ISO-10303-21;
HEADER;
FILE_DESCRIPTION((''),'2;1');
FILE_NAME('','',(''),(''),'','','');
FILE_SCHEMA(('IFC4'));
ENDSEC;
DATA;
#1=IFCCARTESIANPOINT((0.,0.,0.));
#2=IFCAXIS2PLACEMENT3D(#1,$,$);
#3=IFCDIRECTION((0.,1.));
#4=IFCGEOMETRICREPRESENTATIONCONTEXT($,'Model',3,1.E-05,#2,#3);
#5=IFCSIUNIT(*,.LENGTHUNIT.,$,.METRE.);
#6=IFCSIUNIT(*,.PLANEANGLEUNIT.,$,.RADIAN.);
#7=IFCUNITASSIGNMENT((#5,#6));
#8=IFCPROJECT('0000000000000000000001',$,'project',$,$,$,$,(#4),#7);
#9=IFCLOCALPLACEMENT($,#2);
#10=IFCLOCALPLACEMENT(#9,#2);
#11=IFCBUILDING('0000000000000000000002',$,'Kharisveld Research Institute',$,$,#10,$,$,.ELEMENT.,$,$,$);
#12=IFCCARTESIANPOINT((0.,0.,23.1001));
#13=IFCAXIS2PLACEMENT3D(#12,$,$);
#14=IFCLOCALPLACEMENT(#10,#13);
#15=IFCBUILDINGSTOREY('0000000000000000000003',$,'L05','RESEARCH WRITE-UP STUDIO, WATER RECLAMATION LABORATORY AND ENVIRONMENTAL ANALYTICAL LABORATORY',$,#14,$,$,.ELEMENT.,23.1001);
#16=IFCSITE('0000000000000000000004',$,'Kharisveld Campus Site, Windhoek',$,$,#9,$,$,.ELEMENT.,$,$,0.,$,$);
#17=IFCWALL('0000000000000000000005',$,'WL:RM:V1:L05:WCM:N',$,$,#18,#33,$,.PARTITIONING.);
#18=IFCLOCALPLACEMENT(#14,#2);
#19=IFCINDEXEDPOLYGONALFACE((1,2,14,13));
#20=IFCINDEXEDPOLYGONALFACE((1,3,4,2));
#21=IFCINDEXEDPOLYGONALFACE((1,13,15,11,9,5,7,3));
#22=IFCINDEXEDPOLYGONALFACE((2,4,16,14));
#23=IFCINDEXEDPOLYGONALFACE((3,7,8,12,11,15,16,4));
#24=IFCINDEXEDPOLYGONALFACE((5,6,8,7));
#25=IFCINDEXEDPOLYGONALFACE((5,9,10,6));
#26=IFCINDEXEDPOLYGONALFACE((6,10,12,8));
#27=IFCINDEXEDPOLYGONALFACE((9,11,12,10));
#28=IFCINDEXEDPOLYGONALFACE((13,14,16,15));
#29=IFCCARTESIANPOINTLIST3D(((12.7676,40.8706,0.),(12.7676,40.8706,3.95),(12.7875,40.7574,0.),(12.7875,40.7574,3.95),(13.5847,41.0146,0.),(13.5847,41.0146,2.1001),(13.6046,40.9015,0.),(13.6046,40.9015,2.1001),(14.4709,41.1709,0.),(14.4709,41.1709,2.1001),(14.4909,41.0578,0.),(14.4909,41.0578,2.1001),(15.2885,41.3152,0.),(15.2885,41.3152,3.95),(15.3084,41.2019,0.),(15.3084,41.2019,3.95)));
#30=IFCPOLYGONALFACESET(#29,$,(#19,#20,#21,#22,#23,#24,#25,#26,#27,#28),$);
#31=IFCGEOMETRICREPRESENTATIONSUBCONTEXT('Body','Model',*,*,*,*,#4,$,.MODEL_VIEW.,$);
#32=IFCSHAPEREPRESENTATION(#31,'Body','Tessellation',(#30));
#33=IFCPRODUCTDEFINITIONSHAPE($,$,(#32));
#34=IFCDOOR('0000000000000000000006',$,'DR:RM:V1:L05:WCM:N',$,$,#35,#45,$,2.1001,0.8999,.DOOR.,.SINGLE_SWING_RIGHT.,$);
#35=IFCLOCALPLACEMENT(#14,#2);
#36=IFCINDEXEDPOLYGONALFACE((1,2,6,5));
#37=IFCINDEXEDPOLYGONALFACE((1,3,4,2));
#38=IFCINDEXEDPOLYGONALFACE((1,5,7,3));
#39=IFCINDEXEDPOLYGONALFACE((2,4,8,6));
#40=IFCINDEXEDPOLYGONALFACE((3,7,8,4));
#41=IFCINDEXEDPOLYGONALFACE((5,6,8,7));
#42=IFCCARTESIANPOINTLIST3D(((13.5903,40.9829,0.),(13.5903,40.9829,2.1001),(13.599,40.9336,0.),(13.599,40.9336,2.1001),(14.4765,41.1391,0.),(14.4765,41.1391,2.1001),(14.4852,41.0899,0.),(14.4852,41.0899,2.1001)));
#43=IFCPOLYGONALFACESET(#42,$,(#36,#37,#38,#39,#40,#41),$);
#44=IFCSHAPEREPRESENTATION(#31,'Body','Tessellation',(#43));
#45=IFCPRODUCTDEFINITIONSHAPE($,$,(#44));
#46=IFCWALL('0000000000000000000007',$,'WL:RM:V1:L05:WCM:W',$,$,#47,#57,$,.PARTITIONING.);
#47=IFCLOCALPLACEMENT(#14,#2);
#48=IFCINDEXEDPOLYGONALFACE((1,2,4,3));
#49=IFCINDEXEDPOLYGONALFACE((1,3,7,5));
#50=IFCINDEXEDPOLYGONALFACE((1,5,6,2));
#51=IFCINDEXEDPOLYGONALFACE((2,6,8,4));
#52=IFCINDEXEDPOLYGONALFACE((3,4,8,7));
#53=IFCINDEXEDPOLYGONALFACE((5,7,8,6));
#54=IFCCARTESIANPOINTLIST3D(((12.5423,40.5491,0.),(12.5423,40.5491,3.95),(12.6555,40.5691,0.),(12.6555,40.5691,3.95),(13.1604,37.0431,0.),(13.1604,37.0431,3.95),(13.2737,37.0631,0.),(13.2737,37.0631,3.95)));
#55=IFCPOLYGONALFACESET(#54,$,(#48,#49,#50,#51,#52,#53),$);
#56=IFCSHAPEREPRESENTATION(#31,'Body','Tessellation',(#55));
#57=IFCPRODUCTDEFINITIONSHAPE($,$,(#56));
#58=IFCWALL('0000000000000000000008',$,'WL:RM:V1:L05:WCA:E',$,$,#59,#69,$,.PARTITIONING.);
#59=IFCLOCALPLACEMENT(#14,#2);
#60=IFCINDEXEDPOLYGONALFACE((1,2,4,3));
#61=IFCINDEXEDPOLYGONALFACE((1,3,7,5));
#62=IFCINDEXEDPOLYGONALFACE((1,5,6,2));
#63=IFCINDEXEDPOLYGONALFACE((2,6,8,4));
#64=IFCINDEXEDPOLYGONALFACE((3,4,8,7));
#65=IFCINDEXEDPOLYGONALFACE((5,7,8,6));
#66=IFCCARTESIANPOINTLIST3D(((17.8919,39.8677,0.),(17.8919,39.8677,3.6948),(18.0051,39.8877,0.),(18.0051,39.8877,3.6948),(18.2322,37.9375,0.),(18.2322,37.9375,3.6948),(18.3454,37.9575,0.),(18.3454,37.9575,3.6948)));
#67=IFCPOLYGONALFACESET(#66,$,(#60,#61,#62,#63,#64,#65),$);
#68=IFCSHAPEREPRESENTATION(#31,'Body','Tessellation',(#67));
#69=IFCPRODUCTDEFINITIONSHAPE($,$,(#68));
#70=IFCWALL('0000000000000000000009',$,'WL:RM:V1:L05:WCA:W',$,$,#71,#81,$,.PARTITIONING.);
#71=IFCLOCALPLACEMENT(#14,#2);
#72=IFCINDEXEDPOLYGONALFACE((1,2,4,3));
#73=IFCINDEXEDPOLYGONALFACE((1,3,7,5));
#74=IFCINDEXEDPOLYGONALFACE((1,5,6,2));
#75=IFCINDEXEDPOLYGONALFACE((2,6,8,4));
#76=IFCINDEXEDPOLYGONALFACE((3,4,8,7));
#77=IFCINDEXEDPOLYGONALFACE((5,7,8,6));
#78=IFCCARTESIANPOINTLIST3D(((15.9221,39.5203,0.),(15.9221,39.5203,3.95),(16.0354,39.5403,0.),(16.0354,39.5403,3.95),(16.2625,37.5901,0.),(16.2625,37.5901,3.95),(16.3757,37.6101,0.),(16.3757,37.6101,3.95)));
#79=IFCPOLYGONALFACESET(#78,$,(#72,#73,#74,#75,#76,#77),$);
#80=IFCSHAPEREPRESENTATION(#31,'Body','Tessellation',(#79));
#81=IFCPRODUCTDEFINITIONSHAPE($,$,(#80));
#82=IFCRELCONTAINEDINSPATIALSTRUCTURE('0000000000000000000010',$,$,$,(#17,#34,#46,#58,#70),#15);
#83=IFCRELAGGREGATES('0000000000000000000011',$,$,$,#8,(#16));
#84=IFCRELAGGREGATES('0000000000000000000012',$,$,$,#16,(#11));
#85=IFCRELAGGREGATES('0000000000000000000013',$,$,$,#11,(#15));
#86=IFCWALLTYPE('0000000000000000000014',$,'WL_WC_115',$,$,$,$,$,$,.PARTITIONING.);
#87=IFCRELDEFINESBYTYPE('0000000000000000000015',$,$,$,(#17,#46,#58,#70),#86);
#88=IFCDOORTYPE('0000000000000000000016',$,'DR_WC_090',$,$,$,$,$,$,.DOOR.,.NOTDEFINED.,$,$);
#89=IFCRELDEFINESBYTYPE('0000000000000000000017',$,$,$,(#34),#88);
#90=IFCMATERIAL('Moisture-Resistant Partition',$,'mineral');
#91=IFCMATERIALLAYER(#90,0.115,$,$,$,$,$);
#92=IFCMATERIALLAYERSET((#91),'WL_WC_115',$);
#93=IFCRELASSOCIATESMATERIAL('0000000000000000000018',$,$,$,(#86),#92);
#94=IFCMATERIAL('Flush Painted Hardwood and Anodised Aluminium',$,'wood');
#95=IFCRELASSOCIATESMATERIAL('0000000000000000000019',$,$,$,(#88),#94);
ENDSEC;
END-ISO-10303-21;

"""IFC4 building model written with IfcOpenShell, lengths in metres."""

from ifc_helpers import new_model, si_unit, direction, frame, frame_2d, origin, place, context, subcontext, project, spatial, rectangle, extrude, material, layer, layer_set, type_object, element, fill, save


model = new_model("IFC4")

# Units and contexts
model_context = context("Model", 3, precision=1e-05, world=origin(), true_north=direction((0.0, 1.0)))
body_context = subcontext(model_context, "Body", "Model", "MODEL_VIEW")
ifc_project = project(units=[si_unit("LENGTHUNIT", "METRE"), si_unit("PLANEANGLEUNIT", "RADIAN")], contexts=[model_context])

# Site, building, storey
site_placement = place(None, origin())
site = spatial("IfcSite", under=ifc_project, at=site_placement, Name="Kharisveld Campus Site, Windhoek", CompositionType="ELEMENT", RefElevation=0.0)
building_placement = place(site_placement, origin())
building = spatial("IfcBuilding", under=site, at=building_placement, Name="Kharisveld Research Institute", CompositionType="ELEMENT")
storey_placement = place(building_placement, frame((0.0, 0.0, 23.1001)))
storey = spatial("IfcBuildingStorey", under=building, at=storey_placement, Name="L05", Description="RESEARCH WRITE-UP STUDIO, WATER RECLAMATION LABORATORY AND ENVIRONMENTAL ANALYTICAL LABORATORY", CompositionType="ELEMENT", Elevation=23.1001)

# Wall, opening, door
ifc_material_1 = material(Name="Moisture-Resistant Partition", Category="mineral")
ifc_layer_1 = layer(ifc_material_1, 0.115)
ifc_layer_set_1 = layer_set([ifc_layer_1], Name="WL_WC_115")
wall_type_1 = type_object("IfcWallType", Name="WL_WC_115", PredefinedType="PARTITIONING", material=ifc_layer_set_1)
wall_1_placement = place(storey_placement, frame((15.2983, 41.2585, 0.0), z_axis=(0.0, 0.0, 1.0), x_axis=(-0.984804, -0.173671, 0.0)))
wall_1 = element("IfcWall", 1, at=wall_1_placement, inside=storey, type_object=wall_type_1, Name="WL:RM:V1:L05:WCM:N", PredefinedType="PARTITIONING", context=body_context, shape_type="SweptSolid", body=[
    extrude(rectangle(XDim=2.5598, YDim=0.115, at=frame_2d((1.2798, 0.0))), origin(), (0.0, 0.0, 1.0), 3.95),
])
opening_1_placement = place(wall_1_placement, frame((0.8301, 0.0, 0.0)))
opening_1 = element("IfcOpeningElement", 2, at=opening_1_placement, cuts=wall_1, PredefinedType="OPENING", context=body_context, shape_type="SweptSolid", body=[
    extrude(rectangle(XDim=0.8999, YDim=2.1001, at=frame_2d((0.45, 1.05))), frame((0.0, 0.0576, 0.0), z_axis=(0.0, -1.0, 0.0), x_axis=(1.0, 0.0, 0.0)), (0.0, 0.0, 1.0), 0.115),
])
ifc_material_2 = material(Name="Flush Painted Hardwood and Anodised Aluminium", Category="wood")
door_type_1 = type_object("IfcDoorType", Name="DR_WC_090", OperationType="NOTDEFINED", PredefinedType="DOOR", material=ifc_material_2)
door_1_placement = place(opening_1_placement, origin())
door_1 = element("IfcDoor", 3, at=door_1_placement, inside=storey, type_object=door_type_1, Name="DR:RM:V1:L05:WCM:N", OperationType="SINGLE_SWING_RIGHT", OverallHeight=2.1001, OverallWidth=0.8999, PredefinedType="DOOR", context=body_context, shape_type="SweptSolid", body=[
    extrude(rectangle(XDim=0.8999, YDim=2.1001, at=frame_2d((0.45, 1.05))), frame((0.0, 0.0249, 0.0), z_axis=(0.0, -1.0, 0.0), x_axis=(1.0, 0.0, 0.0)), (0.0, 0.0, 1.0), 0.05),
])
fill(opening_1, door_1)

# Walls
wall_2_placement = place(storey_placement, frame((12.5989, 40.5591, 0.0), z_axis=(0.0, 0.0, 1.0), x_axis=(0.173644, -0.984808, 0.0)))
element("IfcWall", 4, at=wall_2_placement, inside=storey, type_object=wall_type_1, Name="WL:RM:V1:L05:WCM:W", PredefinedType="PARTITIONING", context=body_context, shape_type="SweptSolid", body=[
    extrude(rectangle(XDim=3.5601, YDim=0.115, at=frame_2d((1.78, 0.0))), origin(), (0.0, 0.0, 1.0), 3.95),
])
wall_3_placement = place(storey_placement, frame((18.2888, 37.9475, 0.0), z_axis=(0.0, 0.0, 1.0), x_axis=(-0.173643, 0.984809, 0.0)))
element("IfcWall", 5, at=wall_3_placement, inside=storey, type_object=wall_type_1, Name="WL:RM:V1:L05:WCA:E", PredefinedType="PARTITIONING", context=body_context, shape_type="SweptSolid", body=[
    extrude(rectangle(XDim=1.96, YDim=0.115, at=frame_2d((0.98, 0.0))), origin(), (0.0, 0.0, 1.0), 3.6948),
])

# Wall
wall_4_placement = place(storey_placement, frame((15.9788, 39.5303, 0.0), z_axis=(0.0, 0.0, 1.0), x_axis=(0.173643, -0.984809, 0.0)))
element("IfcWall", 6, at=wall_4_placement, inside=storey, type_object=wall_type_1, Name="WL:RM:V1:L05:WCA:W", PredefinedType="PARTITIONING", context=body_context, shape_type="SweptSolid", body=[
    extrude(rectangle(XDim=1.96, YDim=0.115, at=frame_2d((0.98, 0.0))), origin(), (0.0, 0.0, 1.0), 3.95),
])

save(model, "model.ifc")
